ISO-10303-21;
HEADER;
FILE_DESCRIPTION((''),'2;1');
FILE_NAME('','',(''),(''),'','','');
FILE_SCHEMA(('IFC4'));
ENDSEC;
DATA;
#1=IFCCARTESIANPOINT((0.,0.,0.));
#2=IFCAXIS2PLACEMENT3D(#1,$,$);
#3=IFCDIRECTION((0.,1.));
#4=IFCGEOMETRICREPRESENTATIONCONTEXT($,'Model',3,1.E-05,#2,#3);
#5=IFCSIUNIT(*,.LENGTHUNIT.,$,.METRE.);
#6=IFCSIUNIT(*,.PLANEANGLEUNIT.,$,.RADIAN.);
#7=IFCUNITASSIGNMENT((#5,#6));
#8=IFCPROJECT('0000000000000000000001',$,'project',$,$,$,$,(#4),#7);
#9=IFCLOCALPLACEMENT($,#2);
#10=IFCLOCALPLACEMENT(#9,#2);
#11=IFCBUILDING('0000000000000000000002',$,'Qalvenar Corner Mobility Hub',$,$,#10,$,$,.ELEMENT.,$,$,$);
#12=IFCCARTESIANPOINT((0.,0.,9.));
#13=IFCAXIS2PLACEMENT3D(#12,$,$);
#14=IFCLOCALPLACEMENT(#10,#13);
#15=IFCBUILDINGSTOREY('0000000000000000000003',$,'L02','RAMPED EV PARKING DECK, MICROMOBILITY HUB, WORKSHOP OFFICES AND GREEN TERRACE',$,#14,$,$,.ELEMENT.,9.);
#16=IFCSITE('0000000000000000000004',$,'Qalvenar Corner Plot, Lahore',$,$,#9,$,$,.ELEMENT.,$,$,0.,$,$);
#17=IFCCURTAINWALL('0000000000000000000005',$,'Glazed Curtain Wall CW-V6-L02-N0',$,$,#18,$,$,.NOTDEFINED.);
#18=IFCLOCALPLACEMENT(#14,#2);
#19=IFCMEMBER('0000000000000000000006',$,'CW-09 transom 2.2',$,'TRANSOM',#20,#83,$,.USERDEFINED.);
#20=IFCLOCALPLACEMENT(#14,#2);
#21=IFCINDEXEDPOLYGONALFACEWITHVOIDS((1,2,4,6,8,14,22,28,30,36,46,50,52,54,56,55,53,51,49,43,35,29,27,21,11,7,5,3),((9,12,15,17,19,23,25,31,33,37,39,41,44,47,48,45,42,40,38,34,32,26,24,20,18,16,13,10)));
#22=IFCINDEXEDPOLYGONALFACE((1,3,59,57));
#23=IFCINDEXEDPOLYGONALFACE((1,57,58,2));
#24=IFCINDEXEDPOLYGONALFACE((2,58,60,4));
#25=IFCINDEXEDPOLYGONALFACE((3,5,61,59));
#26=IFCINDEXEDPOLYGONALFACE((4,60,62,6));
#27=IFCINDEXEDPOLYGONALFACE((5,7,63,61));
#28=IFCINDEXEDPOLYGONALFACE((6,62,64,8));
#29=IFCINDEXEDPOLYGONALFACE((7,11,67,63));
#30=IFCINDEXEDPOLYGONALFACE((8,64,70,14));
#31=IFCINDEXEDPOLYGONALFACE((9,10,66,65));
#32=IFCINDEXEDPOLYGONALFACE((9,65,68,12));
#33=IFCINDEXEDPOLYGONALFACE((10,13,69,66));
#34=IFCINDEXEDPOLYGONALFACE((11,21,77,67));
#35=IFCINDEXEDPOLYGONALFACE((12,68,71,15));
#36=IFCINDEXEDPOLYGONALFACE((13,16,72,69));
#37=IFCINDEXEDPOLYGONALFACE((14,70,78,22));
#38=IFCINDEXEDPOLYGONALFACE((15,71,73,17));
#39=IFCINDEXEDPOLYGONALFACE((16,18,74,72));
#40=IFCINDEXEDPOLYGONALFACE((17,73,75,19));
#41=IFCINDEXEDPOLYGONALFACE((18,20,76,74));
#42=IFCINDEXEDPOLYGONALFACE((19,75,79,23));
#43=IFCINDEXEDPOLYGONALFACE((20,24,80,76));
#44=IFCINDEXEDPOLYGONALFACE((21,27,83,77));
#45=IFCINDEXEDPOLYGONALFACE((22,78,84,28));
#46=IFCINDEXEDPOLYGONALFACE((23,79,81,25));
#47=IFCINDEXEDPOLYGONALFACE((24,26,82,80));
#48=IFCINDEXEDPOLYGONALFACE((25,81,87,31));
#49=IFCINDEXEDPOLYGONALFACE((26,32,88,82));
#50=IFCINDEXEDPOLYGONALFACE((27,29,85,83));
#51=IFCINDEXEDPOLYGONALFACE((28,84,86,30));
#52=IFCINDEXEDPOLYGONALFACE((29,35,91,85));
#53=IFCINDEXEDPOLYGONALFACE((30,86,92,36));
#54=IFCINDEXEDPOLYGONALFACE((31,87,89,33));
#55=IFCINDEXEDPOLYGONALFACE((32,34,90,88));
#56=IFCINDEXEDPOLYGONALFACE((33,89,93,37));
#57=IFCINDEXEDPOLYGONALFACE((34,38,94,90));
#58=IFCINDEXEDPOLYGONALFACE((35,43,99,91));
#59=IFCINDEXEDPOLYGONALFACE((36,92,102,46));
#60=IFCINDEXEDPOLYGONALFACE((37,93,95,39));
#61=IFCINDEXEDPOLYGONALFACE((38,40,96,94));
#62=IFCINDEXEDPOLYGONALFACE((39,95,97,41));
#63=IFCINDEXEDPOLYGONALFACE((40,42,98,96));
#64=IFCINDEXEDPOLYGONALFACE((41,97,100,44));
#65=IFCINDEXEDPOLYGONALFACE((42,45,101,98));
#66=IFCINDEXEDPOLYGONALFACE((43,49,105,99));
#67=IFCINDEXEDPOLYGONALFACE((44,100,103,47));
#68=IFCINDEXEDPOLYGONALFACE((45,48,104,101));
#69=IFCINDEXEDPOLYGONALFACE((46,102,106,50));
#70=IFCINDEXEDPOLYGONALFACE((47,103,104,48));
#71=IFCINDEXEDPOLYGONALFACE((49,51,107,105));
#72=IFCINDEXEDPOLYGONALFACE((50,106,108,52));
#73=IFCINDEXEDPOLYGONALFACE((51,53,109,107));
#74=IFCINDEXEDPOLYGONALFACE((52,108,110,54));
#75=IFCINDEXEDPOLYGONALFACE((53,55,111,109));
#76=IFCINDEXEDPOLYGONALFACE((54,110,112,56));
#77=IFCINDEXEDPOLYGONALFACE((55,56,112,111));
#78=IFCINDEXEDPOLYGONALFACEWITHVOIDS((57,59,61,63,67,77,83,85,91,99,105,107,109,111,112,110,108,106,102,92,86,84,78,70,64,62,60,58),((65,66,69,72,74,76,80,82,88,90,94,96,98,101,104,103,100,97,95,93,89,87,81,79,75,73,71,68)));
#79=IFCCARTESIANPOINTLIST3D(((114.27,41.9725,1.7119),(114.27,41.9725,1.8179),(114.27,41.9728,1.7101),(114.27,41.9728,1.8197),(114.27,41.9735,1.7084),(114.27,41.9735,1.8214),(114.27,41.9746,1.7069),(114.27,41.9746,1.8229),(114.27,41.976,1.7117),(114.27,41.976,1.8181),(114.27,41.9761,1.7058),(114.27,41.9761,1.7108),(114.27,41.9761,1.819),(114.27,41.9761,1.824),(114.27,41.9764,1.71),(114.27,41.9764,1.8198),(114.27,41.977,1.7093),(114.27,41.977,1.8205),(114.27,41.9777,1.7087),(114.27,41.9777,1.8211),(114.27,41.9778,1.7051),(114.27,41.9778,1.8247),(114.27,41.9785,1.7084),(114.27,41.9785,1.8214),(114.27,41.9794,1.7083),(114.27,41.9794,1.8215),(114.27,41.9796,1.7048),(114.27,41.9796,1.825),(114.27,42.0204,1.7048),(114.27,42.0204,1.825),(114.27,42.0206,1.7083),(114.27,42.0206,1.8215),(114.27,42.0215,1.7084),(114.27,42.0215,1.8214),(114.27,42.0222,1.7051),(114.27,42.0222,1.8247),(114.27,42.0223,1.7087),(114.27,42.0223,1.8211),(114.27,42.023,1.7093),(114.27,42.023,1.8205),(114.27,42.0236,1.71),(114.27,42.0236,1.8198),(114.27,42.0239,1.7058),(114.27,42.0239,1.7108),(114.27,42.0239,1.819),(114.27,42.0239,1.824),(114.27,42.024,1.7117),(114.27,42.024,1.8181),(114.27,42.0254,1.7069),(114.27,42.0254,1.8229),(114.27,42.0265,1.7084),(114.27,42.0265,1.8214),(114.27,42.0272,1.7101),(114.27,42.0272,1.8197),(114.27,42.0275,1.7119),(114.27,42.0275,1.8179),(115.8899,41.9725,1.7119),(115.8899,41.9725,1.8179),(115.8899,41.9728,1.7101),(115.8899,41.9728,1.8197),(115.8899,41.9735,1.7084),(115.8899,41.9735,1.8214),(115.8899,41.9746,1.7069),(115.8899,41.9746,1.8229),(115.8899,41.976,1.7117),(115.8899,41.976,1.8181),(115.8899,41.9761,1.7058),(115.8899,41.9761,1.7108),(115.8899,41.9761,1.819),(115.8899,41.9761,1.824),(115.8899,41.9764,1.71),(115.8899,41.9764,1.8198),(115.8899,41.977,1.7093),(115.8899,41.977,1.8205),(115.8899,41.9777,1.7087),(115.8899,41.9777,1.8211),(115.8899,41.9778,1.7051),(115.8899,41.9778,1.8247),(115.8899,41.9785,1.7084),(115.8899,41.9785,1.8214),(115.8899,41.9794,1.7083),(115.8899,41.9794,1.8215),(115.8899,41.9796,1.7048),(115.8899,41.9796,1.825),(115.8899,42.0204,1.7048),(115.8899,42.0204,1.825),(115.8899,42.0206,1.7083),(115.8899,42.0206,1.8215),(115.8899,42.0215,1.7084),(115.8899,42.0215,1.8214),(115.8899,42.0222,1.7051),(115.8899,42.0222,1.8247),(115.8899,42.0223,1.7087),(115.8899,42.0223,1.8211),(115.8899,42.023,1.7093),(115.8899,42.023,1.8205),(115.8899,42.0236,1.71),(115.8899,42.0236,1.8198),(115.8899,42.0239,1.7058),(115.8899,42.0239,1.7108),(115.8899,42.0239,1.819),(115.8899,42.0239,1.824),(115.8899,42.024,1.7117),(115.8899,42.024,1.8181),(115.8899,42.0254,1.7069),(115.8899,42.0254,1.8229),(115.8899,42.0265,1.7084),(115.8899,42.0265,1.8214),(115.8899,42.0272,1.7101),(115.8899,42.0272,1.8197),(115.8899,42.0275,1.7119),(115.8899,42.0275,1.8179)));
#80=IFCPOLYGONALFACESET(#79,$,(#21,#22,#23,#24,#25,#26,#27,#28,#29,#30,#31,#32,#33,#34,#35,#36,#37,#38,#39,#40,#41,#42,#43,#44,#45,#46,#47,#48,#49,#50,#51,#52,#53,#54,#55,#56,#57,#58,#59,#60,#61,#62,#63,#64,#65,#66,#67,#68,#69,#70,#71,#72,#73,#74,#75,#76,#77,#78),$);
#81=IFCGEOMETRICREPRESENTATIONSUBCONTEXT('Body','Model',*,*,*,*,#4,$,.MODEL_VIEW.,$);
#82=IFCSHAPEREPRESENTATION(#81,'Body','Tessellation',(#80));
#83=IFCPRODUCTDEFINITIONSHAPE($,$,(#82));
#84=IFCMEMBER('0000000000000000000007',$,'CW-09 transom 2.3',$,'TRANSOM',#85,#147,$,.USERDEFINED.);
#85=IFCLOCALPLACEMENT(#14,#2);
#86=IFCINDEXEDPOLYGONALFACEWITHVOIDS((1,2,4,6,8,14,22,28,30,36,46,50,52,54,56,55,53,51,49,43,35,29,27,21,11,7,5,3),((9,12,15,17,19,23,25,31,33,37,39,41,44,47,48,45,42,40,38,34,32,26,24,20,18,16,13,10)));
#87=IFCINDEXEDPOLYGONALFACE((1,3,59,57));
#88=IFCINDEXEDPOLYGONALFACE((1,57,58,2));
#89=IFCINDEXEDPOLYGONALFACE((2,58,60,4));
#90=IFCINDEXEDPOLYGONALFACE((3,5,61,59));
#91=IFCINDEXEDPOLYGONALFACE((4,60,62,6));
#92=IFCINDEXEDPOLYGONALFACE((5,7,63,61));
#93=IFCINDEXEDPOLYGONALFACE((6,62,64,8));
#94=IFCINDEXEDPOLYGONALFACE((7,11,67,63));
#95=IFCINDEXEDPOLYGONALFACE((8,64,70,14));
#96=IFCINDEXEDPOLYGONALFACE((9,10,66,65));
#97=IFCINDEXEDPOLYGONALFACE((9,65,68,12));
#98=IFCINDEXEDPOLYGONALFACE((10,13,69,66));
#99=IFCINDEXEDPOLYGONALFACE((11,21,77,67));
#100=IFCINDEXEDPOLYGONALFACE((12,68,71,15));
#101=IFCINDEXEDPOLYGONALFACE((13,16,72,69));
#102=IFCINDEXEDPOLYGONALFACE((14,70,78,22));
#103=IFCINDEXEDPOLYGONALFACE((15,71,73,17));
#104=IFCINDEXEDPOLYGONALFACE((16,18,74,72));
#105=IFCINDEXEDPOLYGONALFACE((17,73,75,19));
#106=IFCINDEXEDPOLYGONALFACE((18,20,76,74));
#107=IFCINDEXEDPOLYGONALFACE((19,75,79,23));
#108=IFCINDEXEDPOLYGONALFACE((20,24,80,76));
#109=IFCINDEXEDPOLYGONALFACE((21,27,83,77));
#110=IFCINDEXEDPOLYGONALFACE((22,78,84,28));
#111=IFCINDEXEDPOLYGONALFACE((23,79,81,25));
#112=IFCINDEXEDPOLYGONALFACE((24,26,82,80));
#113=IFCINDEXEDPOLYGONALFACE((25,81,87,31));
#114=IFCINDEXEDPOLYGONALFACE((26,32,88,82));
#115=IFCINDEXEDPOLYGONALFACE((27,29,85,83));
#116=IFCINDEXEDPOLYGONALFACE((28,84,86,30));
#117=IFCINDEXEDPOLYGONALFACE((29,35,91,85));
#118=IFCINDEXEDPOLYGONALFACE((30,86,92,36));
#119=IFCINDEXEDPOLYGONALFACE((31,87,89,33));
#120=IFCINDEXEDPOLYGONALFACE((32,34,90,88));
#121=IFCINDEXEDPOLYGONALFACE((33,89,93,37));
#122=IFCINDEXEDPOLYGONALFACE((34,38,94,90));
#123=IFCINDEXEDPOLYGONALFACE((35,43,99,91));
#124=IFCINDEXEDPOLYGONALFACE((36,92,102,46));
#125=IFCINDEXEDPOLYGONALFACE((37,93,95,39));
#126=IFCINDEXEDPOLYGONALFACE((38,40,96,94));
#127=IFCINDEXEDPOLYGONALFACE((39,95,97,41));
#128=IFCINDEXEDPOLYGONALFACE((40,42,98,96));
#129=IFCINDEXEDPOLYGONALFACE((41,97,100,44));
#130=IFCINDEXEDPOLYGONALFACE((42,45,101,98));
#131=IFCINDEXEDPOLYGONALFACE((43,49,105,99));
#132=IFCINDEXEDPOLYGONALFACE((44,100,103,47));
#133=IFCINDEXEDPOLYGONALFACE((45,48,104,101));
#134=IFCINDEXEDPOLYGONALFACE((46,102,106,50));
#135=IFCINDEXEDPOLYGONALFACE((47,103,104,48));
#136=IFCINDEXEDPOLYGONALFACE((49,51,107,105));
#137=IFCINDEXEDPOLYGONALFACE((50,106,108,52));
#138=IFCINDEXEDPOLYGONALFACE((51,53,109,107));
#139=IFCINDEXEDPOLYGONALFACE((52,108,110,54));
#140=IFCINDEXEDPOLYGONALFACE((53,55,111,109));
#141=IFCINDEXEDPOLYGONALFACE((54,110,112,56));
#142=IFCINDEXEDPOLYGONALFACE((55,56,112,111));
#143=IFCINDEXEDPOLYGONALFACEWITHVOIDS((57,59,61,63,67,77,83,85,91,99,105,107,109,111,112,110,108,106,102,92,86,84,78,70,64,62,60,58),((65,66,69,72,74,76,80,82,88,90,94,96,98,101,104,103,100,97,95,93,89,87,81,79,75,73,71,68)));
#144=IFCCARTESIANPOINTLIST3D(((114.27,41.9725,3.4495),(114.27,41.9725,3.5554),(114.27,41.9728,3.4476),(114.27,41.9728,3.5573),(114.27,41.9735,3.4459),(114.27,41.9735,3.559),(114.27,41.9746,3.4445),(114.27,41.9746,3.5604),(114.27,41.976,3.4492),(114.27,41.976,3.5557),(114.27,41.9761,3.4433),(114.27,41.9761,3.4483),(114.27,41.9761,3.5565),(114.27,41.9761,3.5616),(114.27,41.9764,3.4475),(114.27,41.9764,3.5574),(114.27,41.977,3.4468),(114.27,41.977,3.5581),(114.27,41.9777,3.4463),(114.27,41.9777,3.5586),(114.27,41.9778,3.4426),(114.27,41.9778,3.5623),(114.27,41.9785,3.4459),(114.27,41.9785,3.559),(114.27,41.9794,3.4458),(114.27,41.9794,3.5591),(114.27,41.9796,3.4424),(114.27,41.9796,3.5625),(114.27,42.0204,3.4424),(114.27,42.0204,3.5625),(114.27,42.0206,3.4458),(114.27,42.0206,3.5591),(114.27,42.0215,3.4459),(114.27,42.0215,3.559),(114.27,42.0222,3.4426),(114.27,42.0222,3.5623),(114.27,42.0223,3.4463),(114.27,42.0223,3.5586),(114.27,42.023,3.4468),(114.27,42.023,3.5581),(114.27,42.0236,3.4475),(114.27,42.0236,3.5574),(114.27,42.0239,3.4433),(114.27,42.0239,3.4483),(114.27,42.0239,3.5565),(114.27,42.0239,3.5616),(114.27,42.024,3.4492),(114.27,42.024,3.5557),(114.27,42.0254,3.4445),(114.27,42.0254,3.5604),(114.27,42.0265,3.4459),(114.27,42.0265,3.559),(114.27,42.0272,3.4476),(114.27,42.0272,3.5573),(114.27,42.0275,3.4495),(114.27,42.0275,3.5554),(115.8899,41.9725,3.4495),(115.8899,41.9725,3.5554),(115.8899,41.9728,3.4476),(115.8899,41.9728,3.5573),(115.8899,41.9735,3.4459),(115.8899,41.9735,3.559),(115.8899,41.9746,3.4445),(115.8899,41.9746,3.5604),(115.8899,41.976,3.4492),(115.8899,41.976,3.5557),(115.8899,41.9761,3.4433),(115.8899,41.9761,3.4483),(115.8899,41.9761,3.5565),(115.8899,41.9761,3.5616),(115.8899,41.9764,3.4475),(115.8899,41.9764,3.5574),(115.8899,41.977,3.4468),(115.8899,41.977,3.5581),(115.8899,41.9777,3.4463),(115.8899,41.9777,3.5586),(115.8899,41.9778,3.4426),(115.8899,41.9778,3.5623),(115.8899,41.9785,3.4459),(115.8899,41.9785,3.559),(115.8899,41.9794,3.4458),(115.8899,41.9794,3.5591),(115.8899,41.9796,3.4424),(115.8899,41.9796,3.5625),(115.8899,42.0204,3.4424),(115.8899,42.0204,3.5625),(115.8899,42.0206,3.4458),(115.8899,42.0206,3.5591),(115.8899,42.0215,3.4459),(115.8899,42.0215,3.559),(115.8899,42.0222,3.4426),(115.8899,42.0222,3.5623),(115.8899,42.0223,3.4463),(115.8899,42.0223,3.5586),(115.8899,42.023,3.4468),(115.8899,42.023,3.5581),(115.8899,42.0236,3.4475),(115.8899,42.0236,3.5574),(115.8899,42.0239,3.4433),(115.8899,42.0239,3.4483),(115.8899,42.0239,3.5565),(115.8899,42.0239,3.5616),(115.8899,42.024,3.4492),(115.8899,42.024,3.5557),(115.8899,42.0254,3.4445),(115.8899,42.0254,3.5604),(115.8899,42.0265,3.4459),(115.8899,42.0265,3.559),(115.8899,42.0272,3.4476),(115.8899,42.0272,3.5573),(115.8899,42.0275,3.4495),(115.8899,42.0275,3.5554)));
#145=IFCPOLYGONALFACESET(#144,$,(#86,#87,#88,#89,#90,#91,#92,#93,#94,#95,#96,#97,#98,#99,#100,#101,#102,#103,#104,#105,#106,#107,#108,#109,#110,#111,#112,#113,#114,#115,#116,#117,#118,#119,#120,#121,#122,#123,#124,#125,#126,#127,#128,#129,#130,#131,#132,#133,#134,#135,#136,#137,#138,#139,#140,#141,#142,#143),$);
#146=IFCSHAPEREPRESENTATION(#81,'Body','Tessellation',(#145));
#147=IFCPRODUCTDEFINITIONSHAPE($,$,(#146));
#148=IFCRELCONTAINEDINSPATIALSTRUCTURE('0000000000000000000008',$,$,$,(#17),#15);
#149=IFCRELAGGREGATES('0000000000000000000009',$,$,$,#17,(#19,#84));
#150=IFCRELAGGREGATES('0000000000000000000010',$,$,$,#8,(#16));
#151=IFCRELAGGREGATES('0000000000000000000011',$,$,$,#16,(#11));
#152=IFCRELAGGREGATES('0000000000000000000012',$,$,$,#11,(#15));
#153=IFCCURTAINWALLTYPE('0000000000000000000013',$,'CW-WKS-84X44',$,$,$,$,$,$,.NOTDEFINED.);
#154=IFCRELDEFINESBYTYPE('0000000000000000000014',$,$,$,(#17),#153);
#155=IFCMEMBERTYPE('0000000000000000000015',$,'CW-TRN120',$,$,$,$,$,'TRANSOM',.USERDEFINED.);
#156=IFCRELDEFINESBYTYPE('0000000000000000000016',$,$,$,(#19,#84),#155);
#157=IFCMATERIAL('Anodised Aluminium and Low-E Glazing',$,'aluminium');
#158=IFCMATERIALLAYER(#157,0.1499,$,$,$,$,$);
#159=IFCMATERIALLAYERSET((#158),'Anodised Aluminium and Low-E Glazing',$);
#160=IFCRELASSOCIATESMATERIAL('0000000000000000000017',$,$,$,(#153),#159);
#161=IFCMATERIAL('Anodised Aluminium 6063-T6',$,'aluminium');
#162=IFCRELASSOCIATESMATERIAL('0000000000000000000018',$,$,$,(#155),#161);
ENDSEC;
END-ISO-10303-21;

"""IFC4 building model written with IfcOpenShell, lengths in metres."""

from ifc_helpers import new_model, si_unit, direction, frame, origin, origin_2d, place, context, subcontext, project, spatial, hollow_rectangle, extrude, material, layer, layer_set, material_profile, profile_set, type_object, element, aggregate, save


model = new_model("IFC4")

# Units and contexts
model_context = context("Model", 3, precision=1e-05, world=origin(), true_north=direction((0.0, 1.0)))
body_context = subcontext(model_context, "Body", "Model", "MODEL_VIEW")
ifc_project = project(units=[si_unit("LENGTHUNIT", "METRE"), si_unit("PLANEANGLEUNIT", "RADIAN")], contexts=[model_context])

# Site, building, storey
site_placement = place(None, origin())
site = spatial("IfcSite", under=ifc_project, at=site_placement, Name="Qalvenar Corner Plot, Lahore", CompositionType="ELEMENT", RefElevation=0.0)
building_placement = place(site_placement, origin())
building = spatial("IfcBuilding", under=site, at=building_placement, Name="Qalvenar Corner Mobility Hub", CompositionType="ELEMENT")
storey_placement = place(building_placement, frame((0.0, 0.0, 9.0)))
storey = spatial("IfcBuildingStorey", under=building, at=storey_placement, Name="L02", Description="RAMPED EV PARKING DECK, MICROMOBILITY HUB, WORKSHOP OFFICES AND GREEN TERRACE", CompositionType="ELEMENT", Elevation=9.0)

# Curtain wall
ifc_material_1 = material(Name="Anodised Aluminium and Low-E Glazing", Category="aluminium")
ifc_layer_1 = layer(ifc_material_1, 0.1499)
ifc_layer_set_1 = layer_set([ifc_layer_1], Name="Anodised Aluminium and Low-E Glazing")
curtain_wall_type = type_object("IfcCurtainWallType", Name="CW-WKS-84X44", PredefinedType="NOTDEFINED", material=ifc_layer_set_1)
curtain_wall_1_placement = place(storey_placement, origin())
curtain_wall_1 = element("IfcCurtainWall", 1, at=curtain_wall_1_placement, inside=storey, type_object=curtain_wall_type, Name="Glazed Curtain Wall CW-V6-L02-N0", PredefinedType="NOTDEFINED")
ifc_material_2 = material(Name="Anodised Aluminium 6063-T6", Category="aluminium")

# Members
ifc_material_profile_1 = material_profile(ifc_material_2, hollow_rectangle(XDim=0.0549, YDim=0.1201, WallThickness=0.0034, InnerFilletRadius=0.0034, OuterFilletRadius=0.0071, at=origin_2d()), Name="RHS120x55x3.5")
ifc_profile_set_1 = profile_set([ifc_material_profile_1], Name="Anodised Aluminium 6063-T6")
member_type_1 = type_object("IfcMemberType", Name="CW-TRN120", ElementType="TRANSOM", PredefinedType="USERDEFINED", material=ifc_profile_set_1)
member_1_placement = place(storey_placement, frame((115.8899, 42.0, 1.7649), z_axis=(-1.0, 0.0, 0.0), x_axis=(0.0, -1.0, 0.0)))
member_1 = element("IfcMember", 2, at=member_1_placement, type_object=member_type_1, Name="CW-09 transom 2.2", ObjectType="TRANSOM", PredefinedType="USERDEFINED", context=body_context, shape_type="SweptSolid", body=[
    extrude(hollow_rectangle(XDim=0.0549, YDim=0.1201, WallThickness=0.0034, InnerFilletRadius=0.0034, OuterFilletRadius=0.0071, at=origin_2d()), origin(), (0.0, 0.0, 1.0), 1.6199),
])
member_2_placement = place(storey_placement, frame((115.8899, 42.0, 3.5024), z_axis=(-1.0, 0.0, 0.0), x_axis=(0.0, -1.0, 0.0)))
member_2 = element("IfcMember", 3, at=member_2_placement, type_object=member_type_1, Name="CW-09 transom 2.3", ObjectType="TRANSOM", PredefinedType="USERDEFINED", context=body_context, shape_type="SweptSolid", body=[
    extrude(hollow_rectangle(XDim=0.0549, YDim=0.1201, WallThickness=0.0034, InnerFilletRadius=0.0034, OuterFilletRadius=0.0071, at=origin_2d()), origin(), (0.0, 0.0, 1.0), 1.6199),
])

aggregate(curtain_wall_1, [member_1, member_2])

save(model, "model.ifc")
